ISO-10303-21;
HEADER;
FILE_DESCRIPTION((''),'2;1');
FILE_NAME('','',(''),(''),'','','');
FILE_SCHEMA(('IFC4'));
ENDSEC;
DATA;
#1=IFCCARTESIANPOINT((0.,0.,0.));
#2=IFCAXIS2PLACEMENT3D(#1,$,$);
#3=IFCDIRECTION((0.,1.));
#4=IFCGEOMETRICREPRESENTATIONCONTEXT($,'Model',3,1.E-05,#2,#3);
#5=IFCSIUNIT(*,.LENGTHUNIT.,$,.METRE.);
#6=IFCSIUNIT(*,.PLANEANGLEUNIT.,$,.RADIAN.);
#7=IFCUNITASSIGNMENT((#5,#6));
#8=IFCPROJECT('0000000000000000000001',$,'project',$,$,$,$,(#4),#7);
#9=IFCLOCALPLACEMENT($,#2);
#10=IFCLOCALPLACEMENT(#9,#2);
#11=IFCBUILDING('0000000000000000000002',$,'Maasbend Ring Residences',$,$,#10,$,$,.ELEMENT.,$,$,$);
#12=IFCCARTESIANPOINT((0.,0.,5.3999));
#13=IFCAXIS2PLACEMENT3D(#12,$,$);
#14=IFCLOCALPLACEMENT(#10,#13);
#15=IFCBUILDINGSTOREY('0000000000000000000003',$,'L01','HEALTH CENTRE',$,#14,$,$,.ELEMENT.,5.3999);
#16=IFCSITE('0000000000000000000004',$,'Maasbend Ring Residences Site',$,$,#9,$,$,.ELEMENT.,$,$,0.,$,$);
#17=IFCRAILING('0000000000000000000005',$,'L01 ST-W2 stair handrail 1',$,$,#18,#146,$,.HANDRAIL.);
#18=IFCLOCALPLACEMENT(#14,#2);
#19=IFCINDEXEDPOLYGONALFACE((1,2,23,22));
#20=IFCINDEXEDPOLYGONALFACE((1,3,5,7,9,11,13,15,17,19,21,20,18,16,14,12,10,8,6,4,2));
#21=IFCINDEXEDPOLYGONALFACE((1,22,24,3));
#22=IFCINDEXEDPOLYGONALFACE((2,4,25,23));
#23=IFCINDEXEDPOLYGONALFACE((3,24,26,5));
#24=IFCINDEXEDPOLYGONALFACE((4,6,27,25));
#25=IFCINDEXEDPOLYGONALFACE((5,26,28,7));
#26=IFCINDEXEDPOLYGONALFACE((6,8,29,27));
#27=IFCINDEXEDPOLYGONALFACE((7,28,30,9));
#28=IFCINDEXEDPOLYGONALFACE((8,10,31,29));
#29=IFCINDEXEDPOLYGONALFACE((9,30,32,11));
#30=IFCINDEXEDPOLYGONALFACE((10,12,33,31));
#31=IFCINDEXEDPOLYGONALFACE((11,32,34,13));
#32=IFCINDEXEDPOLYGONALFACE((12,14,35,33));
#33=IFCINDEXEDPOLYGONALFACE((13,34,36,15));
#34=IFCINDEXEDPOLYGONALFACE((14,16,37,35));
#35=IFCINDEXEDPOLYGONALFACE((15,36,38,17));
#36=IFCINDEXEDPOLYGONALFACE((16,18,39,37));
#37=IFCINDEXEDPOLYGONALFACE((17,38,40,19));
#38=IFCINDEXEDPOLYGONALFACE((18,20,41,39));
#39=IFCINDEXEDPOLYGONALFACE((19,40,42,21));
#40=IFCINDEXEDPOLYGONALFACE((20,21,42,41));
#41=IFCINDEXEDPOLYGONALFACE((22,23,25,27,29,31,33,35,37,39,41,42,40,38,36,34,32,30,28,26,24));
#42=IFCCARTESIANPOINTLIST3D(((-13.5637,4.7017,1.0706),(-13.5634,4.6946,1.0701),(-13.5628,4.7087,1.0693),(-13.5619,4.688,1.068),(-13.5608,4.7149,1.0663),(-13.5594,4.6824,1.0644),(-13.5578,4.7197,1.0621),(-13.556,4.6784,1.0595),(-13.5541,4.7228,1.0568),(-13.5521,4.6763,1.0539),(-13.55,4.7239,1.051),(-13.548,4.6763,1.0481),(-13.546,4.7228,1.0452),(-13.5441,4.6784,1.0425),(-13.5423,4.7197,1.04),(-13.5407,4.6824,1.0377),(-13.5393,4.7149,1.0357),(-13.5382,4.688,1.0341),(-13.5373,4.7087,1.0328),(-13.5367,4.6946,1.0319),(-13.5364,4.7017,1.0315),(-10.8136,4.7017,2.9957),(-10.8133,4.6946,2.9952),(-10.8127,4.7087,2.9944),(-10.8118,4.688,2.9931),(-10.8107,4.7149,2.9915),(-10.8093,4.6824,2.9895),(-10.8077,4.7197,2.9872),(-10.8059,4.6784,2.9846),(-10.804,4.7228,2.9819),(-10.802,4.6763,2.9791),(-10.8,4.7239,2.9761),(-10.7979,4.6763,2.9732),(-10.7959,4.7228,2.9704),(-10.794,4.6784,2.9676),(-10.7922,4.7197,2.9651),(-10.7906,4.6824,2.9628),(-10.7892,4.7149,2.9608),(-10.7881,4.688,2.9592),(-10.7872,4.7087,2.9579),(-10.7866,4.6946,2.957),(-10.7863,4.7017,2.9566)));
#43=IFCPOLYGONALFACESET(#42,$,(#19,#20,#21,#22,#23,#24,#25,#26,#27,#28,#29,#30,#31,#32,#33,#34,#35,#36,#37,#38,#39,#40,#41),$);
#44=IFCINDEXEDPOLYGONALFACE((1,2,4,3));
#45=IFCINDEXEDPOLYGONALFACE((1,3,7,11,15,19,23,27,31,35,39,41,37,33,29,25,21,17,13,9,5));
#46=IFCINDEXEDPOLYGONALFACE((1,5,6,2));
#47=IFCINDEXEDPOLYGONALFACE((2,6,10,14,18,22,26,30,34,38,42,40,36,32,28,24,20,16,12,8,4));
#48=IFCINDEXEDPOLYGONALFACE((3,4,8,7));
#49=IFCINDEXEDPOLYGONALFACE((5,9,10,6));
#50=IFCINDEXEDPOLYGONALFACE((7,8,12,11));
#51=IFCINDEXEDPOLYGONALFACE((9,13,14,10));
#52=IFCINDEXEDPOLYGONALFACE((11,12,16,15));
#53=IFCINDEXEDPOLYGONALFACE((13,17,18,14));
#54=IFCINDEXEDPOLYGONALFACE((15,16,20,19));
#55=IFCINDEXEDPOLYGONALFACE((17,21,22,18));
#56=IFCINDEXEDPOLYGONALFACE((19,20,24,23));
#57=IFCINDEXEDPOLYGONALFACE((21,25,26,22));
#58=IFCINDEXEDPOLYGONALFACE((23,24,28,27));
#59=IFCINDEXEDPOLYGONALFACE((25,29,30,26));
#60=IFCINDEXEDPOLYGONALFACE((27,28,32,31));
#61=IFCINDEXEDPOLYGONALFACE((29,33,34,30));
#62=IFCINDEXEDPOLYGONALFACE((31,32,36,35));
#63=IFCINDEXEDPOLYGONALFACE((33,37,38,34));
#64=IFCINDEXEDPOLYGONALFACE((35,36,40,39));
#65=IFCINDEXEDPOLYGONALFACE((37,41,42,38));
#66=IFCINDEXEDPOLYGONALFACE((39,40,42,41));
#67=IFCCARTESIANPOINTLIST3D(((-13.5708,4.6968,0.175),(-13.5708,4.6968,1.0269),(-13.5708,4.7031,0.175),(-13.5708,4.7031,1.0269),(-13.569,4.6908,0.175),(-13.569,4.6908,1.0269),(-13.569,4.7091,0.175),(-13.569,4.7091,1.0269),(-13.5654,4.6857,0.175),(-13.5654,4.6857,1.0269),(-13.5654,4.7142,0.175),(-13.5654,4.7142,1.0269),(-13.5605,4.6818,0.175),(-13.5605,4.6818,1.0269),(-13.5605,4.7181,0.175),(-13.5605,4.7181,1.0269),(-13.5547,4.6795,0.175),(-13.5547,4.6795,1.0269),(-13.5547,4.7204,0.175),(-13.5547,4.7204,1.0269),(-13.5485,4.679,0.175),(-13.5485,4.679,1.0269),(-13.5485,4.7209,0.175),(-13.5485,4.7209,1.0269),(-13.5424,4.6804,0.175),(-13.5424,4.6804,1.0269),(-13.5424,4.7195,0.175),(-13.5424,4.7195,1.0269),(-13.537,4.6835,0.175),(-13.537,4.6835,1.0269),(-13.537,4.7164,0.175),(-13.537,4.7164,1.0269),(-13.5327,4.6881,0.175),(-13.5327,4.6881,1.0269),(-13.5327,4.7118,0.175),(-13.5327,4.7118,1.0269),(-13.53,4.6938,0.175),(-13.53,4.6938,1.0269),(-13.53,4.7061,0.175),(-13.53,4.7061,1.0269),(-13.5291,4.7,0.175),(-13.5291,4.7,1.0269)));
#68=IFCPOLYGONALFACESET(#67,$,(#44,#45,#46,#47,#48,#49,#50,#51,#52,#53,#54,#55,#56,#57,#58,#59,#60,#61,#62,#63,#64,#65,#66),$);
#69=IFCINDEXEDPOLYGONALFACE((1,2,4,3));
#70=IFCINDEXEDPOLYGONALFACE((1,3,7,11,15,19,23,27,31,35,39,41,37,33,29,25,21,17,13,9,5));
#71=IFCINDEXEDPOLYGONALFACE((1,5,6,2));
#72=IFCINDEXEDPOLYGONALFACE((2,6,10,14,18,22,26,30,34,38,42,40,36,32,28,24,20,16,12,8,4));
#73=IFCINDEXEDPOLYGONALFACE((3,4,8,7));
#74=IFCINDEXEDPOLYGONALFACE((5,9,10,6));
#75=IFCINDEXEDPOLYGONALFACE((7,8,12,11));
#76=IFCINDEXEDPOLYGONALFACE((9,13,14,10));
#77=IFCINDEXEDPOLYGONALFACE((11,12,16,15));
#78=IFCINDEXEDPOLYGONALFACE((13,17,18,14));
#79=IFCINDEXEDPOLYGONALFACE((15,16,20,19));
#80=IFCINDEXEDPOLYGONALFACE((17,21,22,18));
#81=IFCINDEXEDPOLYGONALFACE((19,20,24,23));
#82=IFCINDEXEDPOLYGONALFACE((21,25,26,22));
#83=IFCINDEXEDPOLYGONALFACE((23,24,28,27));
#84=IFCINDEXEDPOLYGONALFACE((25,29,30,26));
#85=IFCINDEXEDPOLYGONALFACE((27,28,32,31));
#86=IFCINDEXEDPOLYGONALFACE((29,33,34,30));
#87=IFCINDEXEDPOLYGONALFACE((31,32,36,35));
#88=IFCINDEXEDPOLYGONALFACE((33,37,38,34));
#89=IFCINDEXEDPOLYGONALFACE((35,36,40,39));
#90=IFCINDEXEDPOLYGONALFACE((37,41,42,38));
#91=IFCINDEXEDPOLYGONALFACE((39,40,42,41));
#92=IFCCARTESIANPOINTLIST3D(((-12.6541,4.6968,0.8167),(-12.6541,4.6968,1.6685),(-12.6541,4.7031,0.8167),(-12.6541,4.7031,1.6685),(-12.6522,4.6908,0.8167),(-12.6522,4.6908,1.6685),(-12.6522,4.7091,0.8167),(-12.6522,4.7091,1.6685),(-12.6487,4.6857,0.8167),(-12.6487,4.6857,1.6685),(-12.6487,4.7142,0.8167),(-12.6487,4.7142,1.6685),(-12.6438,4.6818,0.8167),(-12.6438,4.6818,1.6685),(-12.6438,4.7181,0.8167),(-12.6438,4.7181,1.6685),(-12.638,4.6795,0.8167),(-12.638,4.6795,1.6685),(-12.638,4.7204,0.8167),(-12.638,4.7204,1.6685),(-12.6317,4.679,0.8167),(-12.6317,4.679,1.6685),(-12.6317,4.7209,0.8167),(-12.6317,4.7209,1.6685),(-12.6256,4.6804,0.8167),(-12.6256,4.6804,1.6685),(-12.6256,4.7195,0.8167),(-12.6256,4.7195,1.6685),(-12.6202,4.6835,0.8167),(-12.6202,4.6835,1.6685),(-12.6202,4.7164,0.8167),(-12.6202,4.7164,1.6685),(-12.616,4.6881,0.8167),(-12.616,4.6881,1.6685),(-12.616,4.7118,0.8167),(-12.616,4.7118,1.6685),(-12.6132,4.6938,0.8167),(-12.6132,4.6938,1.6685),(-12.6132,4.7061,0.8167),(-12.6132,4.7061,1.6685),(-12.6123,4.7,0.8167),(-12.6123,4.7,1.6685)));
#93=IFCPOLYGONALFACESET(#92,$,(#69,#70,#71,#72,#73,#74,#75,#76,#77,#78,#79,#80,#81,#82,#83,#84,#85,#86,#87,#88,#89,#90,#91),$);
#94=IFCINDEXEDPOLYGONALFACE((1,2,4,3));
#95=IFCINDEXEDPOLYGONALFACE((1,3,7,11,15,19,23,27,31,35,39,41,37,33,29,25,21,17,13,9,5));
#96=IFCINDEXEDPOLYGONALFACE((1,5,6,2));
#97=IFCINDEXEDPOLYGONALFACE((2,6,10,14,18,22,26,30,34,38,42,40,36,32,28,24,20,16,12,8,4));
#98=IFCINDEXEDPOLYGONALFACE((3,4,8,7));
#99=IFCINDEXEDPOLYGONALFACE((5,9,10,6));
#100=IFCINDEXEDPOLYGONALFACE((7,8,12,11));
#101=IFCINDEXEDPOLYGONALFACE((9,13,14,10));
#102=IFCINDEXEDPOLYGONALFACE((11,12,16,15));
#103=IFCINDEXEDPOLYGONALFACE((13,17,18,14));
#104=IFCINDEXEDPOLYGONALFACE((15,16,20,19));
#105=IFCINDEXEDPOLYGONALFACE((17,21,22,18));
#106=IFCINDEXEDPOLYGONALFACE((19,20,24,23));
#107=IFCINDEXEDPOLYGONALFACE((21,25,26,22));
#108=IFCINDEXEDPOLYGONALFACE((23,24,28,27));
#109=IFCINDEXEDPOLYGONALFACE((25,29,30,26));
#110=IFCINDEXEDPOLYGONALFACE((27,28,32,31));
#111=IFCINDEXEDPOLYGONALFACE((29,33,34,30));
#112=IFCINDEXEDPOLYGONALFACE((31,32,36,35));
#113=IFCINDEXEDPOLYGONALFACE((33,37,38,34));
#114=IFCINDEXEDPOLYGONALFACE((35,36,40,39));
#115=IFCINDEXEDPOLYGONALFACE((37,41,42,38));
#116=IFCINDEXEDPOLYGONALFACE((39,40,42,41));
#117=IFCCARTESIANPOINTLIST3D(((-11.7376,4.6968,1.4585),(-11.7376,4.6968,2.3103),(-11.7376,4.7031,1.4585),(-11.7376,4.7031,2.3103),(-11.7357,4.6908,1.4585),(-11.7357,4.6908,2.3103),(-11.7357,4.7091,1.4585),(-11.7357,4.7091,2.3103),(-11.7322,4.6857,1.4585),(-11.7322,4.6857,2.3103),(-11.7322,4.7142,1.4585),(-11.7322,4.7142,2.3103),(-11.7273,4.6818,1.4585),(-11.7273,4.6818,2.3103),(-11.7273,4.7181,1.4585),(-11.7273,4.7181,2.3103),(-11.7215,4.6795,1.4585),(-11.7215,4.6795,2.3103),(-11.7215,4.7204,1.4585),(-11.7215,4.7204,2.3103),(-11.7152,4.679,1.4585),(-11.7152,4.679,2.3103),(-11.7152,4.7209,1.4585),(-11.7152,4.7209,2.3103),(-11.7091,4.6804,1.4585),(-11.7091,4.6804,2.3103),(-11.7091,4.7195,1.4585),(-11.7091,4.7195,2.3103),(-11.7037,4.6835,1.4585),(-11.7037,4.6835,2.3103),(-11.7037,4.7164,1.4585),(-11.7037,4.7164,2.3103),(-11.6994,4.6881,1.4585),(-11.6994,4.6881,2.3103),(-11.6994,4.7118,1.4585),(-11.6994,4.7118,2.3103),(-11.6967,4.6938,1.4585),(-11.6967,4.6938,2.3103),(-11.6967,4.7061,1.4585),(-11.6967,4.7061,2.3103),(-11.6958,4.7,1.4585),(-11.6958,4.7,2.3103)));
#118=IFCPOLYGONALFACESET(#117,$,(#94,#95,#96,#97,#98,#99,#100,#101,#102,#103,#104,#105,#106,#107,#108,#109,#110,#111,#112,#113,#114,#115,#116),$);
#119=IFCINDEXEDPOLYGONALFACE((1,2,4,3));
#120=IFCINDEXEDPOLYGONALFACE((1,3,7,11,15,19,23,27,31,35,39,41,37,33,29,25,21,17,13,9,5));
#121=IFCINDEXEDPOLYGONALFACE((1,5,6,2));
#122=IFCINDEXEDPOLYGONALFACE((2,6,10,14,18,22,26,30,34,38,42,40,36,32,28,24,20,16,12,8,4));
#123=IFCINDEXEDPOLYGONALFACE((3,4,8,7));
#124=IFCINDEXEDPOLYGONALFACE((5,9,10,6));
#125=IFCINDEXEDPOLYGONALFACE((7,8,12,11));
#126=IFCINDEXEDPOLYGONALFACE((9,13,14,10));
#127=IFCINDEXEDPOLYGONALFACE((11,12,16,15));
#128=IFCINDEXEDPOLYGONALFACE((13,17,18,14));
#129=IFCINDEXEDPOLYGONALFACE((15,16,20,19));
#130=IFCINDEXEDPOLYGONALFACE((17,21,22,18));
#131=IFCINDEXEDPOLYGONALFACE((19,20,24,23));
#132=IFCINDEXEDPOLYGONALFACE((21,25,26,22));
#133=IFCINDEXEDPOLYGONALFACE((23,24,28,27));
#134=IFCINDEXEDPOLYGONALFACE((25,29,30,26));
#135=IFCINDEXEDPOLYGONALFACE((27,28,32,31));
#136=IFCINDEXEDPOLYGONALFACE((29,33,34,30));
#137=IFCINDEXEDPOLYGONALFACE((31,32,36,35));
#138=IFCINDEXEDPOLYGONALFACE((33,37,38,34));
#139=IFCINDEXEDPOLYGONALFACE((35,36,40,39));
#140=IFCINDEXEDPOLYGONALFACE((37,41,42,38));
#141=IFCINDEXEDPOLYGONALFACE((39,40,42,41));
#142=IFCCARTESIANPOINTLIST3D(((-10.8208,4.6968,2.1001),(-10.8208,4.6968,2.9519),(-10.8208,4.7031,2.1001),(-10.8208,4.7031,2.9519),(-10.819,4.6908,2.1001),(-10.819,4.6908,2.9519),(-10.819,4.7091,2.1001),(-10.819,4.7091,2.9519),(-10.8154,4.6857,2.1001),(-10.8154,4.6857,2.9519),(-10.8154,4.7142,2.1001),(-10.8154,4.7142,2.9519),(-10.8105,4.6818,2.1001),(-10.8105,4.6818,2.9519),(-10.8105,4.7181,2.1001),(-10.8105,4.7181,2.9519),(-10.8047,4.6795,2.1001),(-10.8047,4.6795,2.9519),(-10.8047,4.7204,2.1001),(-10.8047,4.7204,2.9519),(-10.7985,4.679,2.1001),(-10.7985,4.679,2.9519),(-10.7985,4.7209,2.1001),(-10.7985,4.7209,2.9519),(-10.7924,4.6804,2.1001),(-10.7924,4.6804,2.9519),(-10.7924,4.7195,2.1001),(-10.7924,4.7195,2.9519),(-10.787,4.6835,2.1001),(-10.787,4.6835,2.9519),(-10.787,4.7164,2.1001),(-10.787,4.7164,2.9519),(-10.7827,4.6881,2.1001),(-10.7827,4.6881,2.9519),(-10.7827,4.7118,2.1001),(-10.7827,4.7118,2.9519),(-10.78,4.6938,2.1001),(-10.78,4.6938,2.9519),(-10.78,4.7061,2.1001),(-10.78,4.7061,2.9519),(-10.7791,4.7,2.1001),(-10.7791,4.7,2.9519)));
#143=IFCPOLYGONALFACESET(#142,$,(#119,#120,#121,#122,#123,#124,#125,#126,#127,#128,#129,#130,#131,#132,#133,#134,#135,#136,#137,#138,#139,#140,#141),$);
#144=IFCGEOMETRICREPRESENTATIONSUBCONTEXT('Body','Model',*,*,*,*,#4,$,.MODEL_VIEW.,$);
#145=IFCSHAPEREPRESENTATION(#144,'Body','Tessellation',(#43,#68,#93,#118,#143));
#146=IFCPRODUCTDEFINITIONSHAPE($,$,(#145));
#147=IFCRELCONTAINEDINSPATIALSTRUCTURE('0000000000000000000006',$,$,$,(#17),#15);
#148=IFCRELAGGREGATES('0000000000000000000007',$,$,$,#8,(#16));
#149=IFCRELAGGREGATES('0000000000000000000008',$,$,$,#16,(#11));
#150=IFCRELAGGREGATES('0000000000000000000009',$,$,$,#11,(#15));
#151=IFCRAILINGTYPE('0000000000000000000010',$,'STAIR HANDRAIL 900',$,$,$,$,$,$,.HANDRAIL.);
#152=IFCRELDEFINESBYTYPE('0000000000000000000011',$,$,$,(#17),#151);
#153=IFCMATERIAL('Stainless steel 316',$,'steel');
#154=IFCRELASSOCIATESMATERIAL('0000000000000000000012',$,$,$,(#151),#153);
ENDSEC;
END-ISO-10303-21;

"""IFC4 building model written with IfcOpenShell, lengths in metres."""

from ifc_helpers import new_model, si_unit, direction, frame, origin, origin_2d, place, context, subcontext, project, spatial, circle, extrude, material, type_object, element, save


model = new_model("IFC4")

# Units and contexts
model_context = context("Model", 3, precision=1e-05, world=origin(), true_north=direction((0.0, 1.0)))
body_context = subcontext(model_context, "Body", "Model", "MODEL_VIEW")
ifc_project = project(units=[si_unit("LENGTHUNIT", "METRE"), si_unit("PLANEANGLEUNIT", "RADIAN")], contexts=[model_context])

# Site, building, storey
site_placement = place(None, origin())
site = spatial("IfcSite", under=ifc_project, at=site_placement, Name="Maasbend Ring Residences Site", CompositionType="ELEMENT", RefElevation=0.0)
building_placement = place(site_placement, origin())
building = spatial("IfcBuilding", under=site, at=building_placement, Name="Maasbend Ring Residences", CompositionType="ELEMENT")
storey_placement = place(building_placement, frame((0.0, 0.0, 5.3999)))
storey = spatial("IfcBuildingStorey", under=building, at=storey_placement, Name="L01", Description="HEALTH CENTRE", CompositionType="ELEMENT", Elevation=5.3999)

# Railing
ifc_material_1 = material(Name="Stainless steel 316", Category="steel")
railing_type_1 = type_object("IfcRailingType", Name="STAIR HANDRAIL 900", PredefinedType="HANDRAIL", material=ifc_material_1)
railing_1_placement = place(storey_placement, frame((-13.55, 4.7, 0.175)))
element("IfcRailing", 1, at=railing_1_placement, inside=storey, type_object=railing_type_1, Name="L01 ST-W2 stair handrail 1", PredefinedType="HANDRAIL", context=body_context, shape_type="SweptSolid", body=[
    extrude(circle(Radius=0.0239, at=origin_2d()), frame((0.0, 0.0, 0.876), z_axis=(0.819225, 0.0, 0.573472), x_axis=(0.0, 1.0, 0.0)), (0.0, 0.0, 1.0), 3.3569),
    extrude(circle(Radius=0.021, at=origin_2d()), origin(), (0.0, 0.0, 1.0), 0.8518),
    extrude(circle(Radius=0.021, at=origin_2d()), frame((0.9167, 0.0, 0.6416)), (0.0, 0.0, 1.0), 0.8518),
    extrude(circle(Radius=0.021, at=origin_2d()), frame((1.8333, 0.0, 1.2834)), (0.0, 0.0, 1.0), 0.8518),
    extrude(circle(Radius=0.021, at=origin_2d()), frame((2.75, 0.0, 1.925)), (0.0, 0.0, 1.0), 0.8518),
])

save(model, "model.ifc")
